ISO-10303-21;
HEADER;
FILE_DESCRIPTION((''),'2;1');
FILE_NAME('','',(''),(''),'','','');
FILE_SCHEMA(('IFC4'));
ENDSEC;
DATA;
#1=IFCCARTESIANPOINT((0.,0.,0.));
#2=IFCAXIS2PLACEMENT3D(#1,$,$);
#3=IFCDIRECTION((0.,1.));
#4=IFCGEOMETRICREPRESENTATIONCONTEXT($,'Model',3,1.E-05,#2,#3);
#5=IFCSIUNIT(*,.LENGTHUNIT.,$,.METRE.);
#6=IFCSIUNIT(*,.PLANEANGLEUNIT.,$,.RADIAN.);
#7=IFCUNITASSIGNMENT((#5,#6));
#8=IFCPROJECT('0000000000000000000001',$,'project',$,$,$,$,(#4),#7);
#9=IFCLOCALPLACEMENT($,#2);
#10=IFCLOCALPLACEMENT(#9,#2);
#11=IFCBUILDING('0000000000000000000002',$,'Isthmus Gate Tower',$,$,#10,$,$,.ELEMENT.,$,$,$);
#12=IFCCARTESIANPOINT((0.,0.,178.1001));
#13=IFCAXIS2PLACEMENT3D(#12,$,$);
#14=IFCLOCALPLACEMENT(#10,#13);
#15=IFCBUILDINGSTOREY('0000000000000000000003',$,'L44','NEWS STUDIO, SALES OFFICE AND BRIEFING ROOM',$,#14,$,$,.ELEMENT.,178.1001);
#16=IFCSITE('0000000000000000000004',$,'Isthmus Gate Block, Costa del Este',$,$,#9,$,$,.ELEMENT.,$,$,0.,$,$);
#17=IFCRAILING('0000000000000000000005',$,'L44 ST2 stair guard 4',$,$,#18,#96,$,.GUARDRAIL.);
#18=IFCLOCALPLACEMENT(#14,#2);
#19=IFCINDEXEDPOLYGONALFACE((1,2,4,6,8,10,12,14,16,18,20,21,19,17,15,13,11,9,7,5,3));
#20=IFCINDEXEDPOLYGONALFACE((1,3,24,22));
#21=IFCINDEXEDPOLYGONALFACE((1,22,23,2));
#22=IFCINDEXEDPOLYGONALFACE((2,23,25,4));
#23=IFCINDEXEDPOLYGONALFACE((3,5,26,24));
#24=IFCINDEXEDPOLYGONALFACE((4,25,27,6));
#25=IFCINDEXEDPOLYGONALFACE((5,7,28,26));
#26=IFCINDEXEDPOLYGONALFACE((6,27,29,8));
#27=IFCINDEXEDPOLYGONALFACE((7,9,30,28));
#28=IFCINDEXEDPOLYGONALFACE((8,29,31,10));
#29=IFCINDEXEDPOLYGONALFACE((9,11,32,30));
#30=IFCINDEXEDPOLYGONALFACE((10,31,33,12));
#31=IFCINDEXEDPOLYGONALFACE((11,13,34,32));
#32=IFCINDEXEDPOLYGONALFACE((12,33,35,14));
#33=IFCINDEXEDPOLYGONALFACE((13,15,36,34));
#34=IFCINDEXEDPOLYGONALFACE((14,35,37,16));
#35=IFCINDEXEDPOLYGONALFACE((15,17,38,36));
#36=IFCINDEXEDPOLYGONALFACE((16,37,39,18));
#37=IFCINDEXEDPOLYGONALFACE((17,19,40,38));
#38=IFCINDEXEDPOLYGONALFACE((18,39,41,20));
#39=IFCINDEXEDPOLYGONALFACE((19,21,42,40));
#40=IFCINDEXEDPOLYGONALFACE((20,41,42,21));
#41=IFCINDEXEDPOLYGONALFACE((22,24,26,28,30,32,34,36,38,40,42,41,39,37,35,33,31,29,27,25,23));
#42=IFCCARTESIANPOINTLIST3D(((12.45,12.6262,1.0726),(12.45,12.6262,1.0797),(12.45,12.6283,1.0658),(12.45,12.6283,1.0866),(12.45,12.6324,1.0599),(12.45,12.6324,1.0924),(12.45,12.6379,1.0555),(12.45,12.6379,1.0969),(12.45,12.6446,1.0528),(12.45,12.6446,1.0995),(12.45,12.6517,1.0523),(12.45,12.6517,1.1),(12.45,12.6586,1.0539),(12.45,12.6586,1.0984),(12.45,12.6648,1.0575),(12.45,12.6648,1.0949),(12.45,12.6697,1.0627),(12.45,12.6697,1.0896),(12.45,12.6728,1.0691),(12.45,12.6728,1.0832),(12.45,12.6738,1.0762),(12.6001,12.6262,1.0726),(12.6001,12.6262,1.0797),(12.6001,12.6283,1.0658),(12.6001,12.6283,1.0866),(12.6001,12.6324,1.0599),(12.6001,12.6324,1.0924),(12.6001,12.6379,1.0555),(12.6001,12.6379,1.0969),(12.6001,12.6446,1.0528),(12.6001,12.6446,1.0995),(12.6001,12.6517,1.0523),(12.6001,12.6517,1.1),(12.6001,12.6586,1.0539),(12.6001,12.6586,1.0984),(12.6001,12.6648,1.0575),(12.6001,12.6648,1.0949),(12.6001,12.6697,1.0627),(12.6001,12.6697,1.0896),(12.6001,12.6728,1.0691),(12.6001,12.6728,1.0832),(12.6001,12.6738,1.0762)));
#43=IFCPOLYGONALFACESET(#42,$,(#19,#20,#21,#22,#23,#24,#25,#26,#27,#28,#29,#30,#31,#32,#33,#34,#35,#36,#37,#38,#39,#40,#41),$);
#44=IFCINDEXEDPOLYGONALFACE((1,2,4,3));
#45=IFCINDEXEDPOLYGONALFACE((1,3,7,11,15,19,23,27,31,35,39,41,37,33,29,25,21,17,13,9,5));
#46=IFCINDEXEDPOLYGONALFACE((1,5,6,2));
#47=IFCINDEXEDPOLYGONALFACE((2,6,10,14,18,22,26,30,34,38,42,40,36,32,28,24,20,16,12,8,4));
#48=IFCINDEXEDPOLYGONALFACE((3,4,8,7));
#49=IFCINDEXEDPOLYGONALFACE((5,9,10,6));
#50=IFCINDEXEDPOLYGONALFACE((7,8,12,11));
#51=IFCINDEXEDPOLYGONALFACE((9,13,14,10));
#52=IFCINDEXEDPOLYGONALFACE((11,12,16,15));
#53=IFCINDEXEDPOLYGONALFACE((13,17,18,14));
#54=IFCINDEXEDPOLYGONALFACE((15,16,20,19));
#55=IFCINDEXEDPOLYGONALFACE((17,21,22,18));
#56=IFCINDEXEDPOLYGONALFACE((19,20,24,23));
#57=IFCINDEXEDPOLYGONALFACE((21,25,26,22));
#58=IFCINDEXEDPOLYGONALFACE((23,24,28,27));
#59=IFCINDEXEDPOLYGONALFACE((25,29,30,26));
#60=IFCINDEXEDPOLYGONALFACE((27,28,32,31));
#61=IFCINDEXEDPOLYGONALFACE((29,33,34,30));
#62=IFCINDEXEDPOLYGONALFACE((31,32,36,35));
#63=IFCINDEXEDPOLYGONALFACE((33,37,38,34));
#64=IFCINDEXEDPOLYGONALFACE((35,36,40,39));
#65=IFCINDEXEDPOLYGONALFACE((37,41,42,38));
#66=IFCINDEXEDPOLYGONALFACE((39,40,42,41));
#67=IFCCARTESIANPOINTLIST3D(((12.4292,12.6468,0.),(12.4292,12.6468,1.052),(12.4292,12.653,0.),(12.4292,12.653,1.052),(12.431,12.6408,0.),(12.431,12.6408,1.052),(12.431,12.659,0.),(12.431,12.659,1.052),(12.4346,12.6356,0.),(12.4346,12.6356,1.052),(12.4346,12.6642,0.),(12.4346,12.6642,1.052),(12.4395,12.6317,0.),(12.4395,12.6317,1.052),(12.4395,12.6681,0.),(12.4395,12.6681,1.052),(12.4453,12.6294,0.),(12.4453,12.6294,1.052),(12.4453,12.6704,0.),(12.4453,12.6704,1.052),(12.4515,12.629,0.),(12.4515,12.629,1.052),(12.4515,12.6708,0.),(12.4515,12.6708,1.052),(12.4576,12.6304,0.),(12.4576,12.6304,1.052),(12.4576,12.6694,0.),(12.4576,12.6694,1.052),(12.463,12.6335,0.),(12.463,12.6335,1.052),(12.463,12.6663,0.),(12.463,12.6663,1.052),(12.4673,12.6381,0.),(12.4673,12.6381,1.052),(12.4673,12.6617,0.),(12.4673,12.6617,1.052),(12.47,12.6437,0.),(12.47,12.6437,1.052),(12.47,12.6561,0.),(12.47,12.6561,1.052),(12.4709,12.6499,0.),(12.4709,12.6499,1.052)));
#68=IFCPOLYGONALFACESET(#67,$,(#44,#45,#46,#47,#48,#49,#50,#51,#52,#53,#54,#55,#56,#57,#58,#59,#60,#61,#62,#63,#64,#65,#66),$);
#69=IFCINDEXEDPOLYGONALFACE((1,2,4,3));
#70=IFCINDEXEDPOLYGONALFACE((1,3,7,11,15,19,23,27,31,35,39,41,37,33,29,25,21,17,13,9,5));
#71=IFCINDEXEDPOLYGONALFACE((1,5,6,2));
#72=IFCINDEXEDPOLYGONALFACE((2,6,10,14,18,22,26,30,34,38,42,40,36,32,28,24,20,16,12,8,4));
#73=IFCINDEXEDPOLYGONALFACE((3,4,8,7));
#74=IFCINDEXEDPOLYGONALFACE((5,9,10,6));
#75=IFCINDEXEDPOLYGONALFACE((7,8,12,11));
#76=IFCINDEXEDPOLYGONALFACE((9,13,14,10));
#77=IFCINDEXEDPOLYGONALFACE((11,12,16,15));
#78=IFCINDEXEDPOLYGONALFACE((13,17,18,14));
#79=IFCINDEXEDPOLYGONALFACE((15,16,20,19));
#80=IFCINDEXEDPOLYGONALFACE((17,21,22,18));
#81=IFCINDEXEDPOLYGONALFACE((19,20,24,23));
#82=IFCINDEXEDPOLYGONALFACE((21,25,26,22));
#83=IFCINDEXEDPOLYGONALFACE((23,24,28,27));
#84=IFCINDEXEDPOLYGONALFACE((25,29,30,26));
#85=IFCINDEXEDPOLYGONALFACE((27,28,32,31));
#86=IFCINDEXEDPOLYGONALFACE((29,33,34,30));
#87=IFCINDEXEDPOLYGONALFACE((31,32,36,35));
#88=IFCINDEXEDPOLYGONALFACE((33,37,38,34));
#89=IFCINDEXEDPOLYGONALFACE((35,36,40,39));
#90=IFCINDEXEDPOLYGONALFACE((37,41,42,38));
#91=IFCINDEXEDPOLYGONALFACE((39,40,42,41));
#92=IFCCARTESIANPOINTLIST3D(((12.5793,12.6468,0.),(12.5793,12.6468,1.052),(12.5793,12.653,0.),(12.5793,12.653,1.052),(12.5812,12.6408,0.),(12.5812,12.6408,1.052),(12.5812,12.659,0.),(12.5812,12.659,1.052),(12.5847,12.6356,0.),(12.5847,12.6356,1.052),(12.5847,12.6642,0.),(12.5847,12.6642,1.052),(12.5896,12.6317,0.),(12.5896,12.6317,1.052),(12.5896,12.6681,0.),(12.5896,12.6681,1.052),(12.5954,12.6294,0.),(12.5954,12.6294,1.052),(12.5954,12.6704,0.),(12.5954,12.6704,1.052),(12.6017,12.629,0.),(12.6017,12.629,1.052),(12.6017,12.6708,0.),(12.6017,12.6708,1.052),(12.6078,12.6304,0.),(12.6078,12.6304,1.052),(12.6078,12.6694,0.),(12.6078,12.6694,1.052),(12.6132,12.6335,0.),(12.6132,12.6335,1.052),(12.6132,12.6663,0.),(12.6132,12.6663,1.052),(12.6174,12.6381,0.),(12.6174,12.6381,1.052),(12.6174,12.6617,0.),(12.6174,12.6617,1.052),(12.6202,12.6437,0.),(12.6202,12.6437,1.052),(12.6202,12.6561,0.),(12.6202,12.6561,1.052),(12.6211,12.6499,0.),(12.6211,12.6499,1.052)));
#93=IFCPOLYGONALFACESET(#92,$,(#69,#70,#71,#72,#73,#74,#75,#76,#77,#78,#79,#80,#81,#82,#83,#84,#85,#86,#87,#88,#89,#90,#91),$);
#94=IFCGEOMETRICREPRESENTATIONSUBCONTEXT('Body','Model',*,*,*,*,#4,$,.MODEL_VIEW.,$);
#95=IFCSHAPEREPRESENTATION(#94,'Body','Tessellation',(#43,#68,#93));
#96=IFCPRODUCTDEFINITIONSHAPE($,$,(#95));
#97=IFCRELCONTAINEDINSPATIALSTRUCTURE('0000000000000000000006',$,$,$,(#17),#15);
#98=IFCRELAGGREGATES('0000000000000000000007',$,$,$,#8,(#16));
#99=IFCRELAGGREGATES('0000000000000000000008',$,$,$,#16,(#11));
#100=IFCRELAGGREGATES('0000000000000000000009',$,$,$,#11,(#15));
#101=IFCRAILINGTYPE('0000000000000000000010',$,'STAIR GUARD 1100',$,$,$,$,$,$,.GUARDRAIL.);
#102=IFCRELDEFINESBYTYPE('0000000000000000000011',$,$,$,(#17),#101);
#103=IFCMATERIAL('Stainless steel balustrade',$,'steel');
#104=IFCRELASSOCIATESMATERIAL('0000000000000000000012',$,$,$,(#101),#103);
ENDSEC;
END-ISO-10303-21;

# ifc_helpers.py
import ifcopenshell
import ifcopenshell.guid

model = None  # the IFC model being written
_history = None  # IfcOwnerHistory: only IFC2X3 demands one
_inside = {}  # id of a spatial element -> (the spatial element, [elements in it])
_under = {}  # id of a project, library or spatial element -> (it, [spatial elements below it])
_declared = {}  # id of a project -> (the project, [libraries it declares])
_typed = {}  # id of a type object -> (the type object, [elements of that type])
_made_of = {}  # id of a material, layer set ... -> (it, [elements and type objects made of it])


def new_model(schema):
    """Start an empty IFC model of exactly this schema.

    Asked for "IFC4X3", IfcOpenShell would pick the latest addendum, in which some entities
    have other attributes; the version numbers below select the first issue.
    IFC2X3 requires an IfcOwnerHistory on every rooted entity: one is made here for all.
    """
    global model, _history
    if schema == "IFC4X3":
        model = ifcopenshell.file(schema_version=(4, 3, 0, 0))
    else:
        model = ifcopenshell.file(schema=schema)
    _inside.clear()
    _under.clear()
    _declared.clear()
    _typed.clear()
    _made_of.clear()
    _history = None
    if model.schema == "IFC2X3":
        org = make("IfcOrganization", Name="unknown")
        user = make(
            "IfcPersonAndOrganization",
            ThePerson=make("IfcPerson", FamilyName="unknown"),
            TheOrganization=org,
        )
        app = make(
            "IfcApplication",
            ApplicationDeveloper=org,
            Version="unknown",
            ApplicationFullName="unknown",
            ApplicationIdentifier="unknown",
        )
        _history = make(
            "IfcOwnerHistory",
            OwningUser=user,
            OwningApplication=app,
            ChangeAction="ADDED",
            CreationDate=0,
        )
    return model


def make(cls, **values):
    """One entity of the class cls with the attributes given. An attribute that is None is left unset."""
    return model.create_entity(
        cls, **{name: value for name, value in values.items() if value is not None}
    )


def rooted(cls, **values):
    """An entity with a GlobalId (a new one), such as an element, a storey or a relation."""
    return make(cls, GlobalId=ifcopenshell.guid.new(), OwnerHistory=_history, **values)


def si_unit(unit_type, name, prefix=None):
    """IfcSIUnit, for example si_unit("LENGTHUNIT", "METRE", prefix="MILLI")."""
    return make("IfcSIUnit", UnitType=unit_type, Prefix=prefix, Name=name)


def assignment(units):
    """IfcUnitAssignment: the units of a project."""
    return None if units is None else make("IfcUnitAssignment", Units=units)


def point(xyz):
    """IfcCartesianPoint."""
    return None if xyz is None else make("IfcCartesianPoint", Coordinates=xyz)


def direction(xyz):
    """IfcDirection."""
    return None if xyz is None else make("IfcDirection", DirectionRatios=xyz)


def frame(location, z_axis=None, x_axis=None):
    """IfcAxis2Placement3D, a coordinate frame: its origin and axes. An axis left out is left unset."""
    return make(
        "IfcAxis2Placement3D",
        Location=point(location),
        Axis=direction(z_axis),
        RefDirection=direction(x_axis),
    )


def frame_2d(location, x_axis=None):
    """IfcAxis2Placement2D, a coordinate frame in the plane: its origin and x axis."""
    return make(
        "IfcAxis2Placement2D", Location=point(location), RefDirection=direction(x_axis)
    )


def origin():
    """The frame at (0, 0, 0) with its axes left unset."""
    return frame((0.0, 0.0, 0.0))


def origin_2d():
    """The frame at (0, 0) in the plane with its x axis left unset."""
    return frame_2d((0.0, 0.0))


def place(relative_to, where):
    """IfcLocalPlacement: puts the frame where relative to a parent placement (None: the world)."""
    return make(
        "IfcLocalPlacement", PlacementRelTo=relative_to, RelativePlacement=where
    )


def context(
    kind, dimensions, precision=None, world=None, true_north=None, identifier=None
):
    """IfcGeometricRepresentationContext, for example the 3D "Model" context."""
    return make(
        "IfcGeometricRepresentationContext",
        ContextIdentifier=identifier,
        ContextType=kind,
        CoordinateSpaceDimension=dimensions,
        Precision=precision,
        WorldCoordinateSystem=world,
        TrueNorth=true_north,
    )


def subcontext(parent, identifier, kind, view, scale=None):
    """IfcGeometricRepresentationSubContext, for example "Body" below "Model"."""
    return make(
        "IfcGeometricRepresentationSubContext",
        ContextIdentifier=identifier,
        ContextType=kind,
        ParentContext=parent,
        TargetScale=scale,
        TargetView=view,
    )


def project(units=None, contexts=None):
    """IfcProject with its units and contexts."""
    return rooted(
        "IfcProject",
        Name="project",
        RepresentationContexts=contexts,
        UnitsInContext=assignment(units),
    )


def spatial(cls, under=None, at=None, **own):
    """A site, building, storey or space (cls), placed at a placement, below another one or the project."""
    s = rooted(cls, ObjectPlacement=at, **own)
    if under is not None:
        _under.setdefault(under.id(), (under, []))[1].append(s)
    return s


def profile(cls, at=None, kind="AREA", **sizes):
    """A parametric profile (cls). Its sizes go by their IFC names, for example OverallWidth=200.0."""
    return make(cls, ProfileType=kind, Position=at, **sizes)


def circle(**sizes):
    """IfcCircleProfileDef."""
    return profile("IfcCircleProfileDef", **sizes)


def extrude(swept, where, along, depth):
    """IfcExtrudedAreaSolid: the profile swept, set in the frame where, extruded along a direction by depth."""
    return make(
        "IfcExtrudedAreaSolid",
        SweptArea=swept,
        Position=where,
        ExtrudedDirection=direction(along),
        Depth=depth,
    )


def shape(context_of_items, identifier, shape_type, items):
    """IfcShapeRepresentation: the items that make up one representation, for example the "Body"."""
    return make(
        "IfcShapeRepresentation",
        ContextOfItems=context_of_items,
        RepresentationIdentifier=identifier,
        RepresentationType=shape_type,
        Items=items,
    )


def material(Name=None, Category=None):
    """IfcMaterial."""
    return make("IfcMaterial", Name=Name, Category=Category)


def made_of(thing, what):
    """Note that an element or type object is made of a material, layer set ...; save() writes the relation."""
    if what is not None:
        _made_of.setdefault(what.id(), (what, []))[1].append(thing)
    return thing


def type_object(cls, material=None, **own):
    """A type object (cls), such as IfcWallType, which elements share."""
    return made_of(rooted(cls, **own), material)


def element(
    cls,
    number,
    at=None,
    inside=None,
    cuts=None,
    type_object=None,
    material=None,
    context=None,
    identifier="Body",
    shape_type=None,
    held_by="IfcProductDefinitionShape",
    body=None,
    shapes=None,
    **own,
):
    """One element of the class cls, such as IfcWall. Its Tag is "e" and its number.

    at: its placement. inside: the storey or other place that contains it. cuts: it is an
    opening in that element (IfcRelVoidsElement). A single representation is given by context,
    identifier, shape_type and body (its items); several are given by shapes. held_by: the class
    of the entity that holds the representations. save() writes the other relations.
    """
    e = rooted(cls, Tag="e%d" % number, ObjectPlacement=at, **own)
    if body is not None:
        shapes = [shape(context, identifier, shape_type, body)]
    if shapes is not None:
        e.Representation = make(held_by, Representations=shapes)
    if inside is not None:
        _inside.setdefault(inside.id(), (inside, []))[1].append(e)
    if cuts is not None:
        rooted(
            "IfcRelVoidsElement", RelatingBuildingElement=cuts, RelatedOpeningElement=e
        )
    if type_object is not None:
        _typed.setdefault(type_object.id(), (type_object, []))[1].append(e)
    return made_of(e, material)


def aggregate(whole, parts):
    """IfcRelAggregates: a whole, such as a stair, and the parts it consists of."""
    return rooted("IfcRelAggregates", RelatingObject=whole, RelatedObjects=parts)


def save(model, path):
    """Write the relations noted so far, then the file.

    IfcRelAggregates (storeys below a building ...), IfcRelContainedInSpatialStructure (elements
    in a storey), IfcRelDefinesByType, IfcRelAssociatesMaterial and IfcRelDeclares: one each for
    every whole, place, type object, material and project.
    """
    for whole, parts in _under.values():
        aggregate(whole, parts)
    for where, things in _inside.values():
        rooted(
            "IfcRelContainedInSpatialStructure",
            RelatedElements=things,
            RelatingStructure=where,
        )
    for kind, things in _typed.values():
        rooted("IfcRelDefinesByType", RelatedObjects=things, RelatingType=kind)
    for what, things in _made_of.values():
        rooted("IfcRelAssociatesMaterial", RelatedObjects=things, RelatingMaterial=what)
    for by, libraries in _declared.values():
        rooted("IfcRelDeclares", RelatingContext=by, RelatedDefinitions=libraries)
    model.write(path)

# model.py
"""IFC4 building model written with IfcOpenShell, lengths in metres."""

from ifc_helpers import new_model, si_unit, direction, frame, origin, origin_2d, place, context, subcontext, project, spatial, circle, extrude, material, type_object, element, save


model = new_model("IFC4")

# Units and contexts
model_context = context("Model", 3, precision=1e-05, world=origin(), true_north=direction((0.0, 1.0)))
body_context = subcontext(model_context, "Body", "Model", "MODEL_VIEW")
ifc_project = project(units=[si_unit("LENGTHUNIT", "METRE"), si_unit("PLANEANGLEUNIT", "RADIAN")], contexts=[model_context])

# Site, building, storey
site_placement = place(None, origin())
site = spatial("IfcSite", under=ifc_project, at=site_placement, Name="Isthmus Gate Block, Costa del Este", CompositionType="ELEMENT", RefElevation=0.0)
building_placement = place(site_placement, origin())
building = spatial("IfcBuilding", under=site, at=building_placement, Name="Isthmus Gate Tower", CompositionType="ELEMENT")
storey_placement = place(building_placement, frame((0.0, 0.0, 178.1001)))
storey = spatial("IfcBuildingStorey", under=building, at=storey_placement, Name="L44", Description="NEWS STUDIO, SALES OFFICE AND BRIEFING ROOM", CompositionType="ELEMENT", Elevation=178.1001)

# Railing
ifc_material_1 = material(Name="Stainless steel balustrade", Category="steel")
railing_type = type_object("IfcRailingType", Name="STAIR GUARD 1100", PredefinedType="GUARDRAIL", material=ifc_material_1)
railing_1_placement = place(storey_placement, frame((12.45, 12.6499, 0.0)))
element("IfcRailing", 1, at=railing_1_placement, inside=storey, type_object=railing_type, Name="L44 ST2 stair guard 4", PredefinedType="GUARDRAIL", context=body_context, shape_type="SweptSolid", body=[
    extrude(circle(Radius=0.0239, at=origin_2d()), frame((0.0, 0.0, 1.0762), z_axis=(1.0, 0.0, 0.0), x_axis=(0.0, 1.0, 0.0)), (0.0, 0.0, 1.0), 0.1501),
    extrude(circle(Radius=0.021, at=origin_2d()), origin(), (0.0, 0.0, 1.0), 1.052),
    extrude(circle(Radius=0.021, at=origin_2d()), frame((0.1501, 0.0, 0.0)), (0.0, 0.0, 1.0), 1.052),
])

save(model, "model.ifc")
